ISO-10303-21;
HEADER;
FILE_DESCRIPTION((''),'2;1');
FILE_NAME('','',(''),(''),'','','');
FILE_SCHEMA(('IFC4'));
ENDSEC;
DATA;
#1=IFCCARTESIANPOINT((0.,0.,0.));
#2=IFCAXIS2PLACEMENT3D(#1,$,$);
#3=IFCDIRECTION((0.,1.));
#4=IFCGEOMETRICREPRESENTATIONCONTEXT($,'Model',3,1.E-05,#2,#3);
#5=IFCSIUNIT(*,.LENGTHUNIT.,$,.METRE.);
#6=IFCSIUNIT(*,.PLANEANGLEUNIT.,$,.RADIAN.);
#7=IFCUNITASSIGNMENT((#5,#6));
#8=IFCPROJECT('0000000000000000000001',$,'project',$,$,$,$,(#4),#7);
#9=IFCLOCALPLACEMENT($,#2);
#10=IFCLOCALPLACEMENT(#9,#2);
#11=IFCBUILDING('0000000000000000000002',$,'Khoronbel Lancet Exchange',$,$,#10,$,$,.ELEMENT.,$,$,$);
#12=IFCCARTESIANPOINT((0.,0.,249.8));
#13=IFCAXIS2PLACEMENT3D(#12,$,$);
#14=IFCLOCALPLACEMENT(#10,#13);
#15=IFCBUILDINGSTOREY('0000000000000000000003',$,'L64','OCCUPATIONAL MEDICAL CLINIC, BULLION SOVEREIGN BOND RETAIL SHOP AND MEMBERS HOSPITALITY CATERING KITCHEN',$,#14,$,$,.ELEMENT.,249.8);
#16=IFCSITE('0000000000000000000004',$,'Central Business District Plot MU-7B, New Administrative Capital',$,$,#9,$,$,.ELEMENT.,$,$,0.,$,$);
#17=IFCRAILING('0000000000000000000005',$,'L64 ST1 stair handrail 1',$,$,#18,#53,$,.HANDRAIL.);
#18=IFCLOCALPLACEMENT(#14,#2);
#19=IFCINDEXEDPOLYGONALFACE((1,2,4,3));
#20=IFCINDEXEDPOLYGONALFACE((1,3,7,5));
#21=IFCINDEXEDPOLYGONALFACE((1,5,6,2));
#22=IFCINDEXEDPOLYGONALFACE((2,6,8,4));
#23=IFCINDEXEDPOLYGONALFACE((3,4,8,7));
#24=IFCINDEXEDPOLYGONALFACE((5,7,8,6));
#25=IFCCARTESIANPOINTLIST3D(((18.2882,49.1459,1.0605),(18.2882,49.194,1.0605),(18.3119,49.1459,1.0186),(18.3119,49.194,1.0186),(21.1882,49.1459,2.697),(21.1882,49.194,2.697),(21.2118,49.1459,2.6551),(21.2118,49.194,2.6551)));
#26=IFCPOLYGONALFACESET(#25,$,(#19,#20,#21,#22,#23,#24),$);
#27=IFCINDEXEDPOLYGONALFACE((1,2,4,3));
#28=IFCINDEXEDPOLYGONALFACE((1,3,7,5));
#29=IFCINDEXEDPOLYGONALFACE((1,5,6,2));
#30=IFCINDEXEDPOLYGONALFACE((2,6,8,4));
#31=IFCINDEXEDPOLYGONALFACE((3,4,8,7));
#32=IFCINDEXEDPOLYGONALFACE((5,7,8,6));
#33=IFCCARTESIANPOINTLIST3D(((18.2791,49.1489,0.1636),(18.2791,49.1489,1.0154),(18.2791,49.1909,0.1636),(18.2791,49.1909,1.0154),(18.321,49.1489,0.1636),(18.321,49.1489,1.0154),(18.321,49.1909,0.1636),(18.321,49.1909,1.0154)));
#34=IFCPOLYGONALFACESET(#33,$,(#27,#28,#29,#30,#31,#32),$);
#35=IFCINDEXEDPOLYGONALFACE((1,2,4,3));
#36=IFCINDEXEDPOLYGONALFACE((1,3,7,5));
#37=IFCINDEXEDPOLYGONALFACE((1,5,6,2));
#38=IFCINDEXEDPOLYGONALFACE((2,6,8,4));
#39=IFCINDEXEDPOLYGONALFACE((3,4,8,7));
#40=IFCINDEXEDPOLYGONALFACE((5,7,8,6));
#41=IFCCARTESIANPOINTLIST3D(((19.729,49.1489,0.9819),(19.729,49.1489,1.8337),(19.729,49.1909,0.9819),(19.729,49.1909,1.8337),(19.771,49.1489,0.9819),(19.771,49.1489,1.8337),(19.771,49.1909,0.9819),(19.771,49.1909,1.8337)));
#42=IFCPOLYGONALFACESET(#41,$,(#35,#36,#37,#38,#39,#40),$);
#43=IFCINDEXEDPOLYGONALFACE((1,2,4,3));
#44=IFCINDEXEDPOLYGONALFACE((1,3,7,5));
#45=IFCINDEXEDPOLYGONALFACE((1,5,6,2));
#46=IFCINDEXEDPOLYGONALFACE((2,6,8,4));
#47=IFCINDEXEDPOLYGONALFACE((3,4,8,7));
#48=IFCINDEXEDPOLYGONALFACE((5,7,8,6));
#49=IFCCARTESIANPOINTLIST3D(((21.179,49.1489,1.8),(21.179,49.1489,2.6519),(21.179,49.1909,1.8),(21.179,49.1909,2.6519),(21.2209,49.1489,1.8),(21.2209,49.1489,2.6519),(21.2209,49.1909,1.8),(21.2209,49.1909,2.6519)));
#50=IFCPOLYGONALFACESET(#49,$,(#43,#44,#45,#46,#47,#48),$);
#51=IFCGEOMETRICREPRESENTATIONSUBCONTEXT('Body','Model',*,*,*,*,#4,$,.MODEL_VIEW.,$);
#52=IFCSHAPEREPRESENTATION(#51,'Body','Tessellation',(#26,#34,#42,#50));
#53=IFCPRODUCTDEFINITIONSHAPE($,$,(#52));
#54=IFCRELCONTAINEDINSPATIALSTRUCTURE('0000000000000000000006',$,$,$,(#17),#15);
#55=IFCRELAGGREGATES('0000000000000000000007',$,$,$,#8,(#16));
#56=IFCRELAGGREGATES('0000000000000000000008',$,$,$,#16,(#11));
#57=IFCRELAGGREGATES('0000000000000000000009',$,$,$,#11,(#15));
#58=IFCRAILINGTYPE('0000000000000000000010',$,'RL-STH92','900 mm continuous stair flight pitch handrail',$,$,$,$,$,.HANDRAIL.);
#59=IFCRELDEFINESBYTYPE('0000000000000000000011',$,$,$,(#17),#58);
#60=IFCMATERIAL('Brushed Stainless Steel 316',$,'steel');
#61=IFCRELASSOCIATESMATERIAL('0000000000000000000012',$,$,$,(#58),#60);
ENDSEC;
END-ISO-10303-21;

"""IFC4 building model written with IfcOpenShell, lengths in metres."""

from ifc_helpers import new_model, si_unit, direction, frame, origin, origin_2d, place, context, subcontext, project, spatial, rectangle, extrude, material, type_object, element, save


model = new_model("IFC4")

# Units and contexts
model_context = context("Model", 3, precision=1e-05, world=origin(), true_north=direction((0.0, 1.0)))
body_context = subcontext(model_context, "Body", "Model", "MODEL_VIEW")
ifc_project = project(units=[si_unit("LENGTHUNIT", "METRE"), si_unit("PLANEANGLEUNIT", "RADIAN")], contexts=[model_context])

# Site, building, storey
site_placement = place(None, origin())
site = spatial("IfcSite", under=ifc_project, at=site_placement, Name="Central Business District Plot MU-7B, New Administrative Capital", CompositionType="ELEMENT", RefElevation=0.0)
building_placement = place(site_placement, origin())
building = spatial("IfcBuilding", under=site, at=building_placement, Name="Khoronbel Lancet Exchange", CompositionType="ELEMENT")
storey_placement = place(building_placement, frame((0.0, 0.0, 249.8)))
storey = spatial("IfcBuildingStorey", under=building, at=storey_placement, Name="L64", Description="OCCUPATIONAL MEDICAL CLINIC, BULLION SOVEREIGN BOND RETAIL SHOP AND MEMBERS HOSPITALITY CATERING KITCHEN", CompositionType="ELEMENT", Elevation=249.8)

# Railing
ifc_material_1 = material(Name="Brushed Stainless Steel 316", Category="steel")
railing_type_1 = type_object("IfcRailingType", Name="RL-STH92", Description="900 mm continuous stair flight pitch handrail", PredefinedType="HANDRAIL", material=ifc_material_1)
railing_1_placement = place(storey_placement, frame((18.3, 49.1699, 0.1636)))
element("IfcRailing", 1, at=railing_1_placement, inside=storey, type_object=railing_type_1, Name="L64 ST1 stair handrail 1", PredefinedType="HANDRAIL", context=body_context, shape_type="SweptSolid", body=[
    extrude(rectangle(XDim=0.0481, YDim=0.0481, at=origin_2d()), frame((0.0, 0.0, 0.876), z_axis=(0.870897, 0.0, 0.491465), x_axis=(0.0, 1.0, 0.0)), (0.0, 0.0, 1.0), 3.3298),
    extrude(rectangle(XDim=0.042, YDim=0.042, at=origin_2d()), origin(), (0.0, 0.0, 1.0), 0.8518),
    extrude(rectangle(XDim=0.042, YDim=0.042, at=origin_2d()), frame((1.45, 0.0, 0.8184)), (0.0, 0.0, 1.0), 0.8518),
    extrude(rectangle(XDim=0.042, YDim=0.042, at=origin_2d()), frame((2.8999, 0.0, 1.6365)), (0.0, 0.0, 1.0), 0.8518),
])

save(model, "model.ifc")
